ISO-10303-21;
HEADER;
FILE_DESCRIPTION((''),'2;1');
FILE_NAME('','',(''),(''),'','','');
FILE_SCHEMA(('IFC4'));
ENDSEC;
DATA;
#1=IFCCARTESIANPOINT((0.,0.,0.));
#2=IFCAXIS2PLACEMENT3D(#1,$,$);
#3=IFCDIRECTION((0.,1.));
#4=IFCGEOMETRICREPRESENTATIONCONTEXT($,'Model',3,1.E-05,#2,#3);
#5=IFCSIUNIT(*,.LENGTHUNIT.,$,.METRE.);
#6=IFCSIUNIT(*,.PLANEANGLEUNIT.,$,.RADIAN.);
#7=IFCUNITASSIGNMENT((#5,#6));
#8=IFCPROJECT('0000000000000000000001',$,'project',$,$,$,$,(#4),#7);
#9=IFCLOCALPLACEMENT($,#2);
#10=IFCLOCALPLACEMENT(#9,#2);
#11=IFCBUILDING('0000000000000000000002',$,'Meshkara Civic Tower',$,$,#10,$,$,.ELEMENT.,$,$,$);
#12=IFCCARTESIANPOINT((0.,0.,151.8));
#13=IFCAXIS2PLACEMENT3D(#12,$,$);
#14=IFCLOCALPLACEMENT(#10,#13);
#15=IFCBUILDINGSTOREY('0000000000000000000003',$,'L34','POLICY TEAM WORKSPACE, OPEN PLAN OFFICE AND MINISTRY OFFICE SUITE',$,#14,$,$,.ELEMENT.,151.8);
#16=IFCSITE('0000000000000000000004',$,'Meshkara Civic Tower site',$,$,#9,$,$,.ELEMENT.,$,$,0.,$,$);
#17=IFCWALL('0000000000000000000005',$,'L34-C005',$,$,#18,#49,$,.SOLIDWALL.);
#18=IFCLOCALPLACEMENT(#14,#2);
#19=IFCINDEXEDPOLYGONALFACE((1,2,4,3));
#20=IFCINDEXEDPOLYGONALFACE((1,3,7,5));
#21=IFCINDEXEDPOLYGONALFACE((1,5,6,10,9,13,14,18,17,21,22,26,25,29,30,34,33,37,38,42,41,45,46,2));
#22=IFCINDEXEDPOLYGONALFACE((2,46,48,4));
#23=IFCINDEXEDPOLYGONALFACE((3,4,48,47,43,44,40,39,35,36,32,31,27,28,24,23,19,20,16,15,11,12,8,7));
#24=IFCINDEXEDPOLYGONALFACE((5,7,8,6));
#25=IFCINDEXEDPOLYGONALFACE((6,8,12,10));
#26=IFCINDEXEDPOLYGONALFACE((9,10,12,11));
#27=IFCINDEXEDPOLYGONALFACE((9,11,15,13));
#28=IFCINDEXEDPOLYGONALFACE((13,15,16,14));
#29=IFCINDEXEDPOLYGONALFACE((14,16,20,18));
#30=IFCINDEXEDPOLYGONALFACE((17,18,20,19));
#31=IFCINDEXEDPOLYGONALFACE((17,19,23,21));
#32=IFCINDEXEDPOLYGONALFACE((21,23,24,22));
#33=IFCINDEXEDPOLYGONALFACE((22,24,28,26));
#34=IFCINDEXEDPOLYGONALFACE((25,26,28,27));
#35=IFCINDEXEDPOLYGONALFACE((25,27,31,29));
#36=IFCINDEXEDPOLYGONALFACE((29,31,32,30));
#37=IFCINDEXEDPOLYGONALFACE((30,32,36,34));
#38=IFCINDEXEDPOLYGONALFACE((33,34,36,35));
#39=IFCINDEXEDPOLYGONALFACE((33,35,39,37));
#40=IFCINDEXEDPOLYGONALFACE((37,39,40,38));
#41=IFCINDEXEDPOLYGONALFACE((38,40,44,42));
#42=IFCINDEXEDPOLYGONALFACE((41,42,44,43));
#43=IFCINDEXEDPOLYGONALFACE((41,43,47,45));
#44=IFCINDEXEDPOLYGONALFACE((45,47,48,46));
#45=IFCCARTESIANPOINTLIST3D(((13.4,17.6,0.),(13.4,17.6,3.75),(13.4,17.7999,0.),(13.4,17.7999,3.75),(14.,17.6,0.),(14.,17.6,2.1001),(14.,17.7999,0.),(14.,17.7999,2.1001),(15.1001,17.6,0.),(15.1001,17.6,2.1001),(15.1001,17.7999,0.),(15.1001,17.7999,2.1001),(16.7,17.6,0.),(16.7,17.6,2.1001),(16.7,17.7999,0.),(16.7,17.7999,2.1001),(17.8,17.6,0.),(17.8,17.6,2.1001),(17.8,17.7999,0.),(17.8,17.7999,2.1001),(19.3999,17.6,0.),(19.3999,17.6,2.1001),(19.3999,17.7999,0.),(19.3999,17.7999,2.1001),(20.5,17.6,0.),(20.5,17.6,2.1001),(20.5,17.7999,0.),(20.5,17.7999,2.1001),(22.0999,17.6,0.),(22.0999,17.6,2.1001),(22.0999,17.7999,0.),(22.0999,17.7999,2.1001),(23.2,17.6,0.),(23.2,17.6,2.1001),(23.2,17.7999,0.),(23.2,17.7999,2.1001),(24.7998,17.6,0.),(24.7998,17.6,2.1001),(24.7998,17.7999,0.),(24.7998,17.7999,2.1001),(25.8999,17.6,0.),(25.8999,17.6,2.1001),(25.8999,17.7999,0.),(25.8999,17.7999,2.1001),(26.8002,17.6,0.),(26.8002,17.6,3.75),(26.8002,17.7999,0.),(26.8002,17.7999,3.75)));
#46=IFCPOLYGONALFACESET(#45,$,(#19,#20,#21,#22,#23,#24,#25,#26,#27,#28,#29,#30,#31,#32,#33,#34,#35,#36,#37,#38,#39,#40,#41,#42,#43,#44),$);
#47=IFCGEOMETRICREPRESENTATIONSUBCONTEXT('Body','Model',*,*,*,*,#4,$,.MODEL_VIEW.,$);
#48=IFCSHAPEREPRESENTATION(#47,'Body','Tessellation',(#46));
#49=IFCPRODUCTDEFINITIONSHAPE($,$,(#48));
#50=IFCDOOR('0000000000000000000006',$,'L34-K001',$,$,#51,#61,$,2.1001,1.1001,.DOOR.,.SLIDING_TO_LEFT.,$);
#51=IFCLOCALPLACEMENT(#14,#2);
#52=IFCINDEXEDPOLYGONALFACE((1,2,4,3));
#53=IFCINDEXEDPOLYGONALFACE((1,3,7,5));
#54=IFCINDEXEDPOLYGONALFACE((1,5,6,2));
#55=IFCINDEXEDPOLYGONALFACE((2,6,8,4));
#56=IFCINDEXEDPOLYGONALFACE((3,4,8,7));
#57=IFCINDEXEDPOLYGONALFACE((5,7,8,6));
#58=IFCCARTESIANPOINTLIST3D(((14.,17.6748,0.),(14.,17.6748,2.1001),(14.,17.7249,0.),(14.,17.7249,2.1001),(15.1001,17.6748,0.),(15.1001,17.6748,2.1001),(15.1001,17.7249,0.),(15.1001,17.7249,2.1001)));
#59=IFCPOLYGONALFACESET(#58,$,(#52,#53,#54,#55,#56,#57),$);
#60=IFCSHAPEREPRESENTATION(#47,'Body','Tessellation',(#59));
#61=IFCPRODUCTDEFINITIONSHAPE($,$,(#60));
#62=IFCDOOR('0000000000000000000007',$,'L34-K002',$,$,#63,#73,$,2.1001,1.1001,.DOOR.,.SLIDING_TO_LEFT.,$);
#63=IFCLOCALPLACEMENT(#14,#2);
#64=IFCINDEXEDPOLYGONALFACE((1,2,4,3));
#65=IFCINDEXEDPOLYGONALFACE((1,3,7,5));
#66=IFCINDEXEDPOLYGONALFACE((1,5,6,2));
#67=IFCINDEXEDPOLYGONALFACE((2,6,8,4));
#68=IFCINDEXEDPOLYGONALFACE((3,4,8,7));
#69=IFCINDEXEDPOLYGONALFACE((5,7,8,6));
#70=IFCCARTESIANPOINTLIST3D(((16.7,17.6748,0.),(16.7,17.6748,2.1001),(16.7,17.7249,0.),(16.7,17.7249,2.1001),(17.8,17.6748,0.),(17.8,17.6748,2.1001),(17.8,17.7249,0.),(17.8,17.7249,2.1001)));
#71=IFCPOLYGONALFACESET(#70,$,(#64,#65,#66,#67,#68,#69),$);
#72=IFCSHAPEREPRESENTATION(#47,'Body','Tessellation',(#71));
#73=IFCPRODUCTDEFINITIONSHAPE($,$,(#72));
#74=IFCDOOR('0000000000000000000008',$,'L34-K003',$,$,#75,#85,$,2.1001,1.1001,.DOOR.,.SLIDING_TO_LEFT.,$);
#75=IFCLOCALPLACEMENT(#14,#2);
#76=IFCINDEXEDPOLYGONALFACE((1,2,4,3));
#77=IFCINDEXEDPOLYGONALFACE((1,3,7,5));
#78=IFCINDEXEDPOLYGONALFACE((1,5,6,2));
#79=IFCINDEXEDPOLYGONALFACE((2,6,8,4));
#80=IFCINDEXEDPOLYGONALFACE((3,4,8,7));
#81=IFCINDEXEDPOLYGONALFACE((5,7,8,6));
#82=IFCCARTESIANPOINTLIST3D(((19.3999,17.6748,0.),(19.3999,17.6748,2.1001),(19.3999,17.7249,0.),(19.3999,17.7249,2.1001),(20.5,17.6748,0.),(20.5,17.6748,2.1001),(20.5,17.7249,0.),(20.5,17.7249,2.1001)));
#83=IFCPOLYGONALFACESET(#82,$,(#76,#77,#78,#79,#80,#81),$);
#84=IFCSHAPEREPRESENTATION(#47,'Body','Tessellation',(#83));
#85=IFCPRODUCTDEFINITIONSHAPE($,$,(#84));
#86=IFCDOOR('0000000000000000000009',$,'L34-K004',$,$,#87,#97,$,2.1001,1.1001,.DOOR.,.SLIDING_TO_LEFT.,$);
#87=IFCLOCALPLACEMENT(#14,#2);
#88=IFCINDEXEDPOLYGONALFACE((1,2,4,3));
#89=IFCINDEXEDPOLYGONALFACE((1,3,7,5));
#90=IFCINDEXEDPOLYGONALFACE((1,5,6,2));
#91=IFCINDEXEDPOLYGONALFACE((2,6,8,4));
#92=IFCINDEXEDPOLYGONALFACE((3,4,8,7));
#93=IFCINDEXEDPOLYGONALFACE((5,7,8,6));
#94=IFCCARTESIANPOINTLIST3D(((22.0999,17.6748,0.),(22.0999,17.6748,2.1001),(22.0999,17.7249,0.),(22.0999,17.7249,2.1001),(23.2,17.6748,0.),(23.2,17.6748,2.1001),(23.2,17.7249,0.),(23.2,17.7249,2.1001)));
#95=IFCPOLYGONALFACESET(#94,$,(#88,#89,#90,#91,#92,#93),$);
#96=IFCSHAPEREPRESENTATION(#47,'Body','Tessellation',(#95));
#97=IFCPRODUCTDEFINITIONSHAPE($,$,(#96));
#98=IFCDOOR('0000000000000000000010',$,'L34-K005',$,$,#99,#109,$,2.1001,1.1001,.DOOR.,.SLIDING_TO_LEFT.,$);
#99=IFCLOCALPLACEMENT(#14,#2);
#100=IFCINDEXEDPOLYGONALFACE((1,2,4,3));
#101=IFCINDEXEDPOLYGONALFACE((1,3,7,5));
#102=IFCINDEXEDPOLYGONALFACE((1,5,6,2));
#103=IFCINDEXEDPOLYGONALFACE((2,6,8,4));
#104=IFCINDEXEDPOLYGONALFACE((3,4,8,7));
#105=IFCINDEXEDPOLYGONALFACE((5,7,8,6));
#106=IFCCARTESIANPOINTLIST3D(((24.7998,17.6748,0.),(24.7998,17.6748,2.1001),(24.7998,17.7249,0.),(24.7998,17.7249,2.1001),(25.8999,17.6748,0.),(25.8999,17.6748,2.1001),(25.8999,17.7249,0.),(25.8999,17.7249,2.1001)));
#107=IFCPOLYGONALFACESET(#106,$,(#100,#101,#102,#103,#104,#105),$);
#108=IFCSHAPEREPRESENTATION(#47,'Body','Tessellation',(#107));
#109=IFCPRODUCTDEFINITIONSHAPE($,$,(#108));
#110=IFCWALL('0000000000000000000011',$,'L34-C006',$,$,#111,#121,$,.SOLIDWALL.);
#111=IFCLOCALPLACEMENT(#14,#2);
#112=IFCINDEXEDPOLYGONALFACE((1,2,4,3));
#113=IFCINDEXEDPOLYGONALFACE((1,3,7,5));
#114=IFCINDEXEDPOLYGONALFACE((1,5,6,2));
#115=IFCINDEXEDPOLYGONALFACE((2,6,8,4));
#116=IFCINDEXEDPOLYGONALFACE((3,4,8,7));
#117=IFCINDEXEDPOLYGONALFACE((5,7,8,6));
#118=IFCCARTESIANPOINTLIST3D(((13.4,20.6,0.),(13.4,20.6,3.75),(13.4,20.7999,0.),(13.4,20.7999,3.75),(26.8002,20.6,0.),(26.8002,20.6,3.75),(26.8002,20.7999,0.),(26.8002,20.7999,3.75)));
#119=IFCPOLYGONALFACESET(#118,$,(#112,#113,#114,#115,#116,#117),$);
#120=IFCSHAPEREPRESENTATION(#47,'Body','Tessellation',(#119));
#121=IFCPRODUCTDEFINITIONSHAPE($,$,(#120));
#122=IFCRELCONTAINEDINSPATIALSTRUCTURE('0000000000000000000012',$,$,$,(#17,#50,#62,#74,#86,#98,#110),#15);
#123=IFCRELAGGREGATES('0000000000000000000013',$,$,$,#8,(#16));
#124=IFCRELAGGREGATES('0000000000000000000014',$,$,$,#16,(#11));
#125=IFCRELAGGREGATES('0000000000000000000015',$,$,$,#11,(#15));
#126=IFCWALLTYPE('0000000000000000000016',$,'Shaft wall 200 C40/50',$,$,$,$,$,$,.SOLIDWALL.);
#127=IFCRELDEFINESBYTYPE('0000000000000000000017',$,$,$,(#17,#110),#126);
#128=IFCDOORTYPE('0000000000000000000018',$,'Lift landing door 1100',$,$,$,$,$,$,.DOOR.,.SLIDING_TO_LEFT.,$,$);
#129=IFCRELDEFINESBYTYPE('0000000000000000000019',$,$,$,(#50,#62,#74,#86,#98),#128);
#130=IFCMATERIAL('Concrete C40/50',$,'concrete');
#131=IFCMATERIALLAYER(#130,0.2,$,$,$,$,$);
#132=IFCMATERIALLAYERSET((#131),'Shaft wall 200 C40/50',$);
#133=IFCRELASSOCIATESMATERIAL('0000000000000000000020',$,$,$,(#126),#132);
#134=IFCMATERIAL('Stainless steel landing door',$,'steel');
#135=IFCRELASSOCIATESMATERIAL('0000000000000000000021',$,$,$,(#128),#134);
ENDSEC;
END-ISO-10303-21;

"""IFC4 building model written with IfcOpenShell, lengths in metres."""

from ifc_helpers import new_model, si_unit, direction, frame, frame_2d, origin, place, context, subcontext, project, spatial, rectangle, extrude, material, layer, layer_set, type_object, element, fill, save


model = new_model("IFC4")

# Units and contexts
model_context = context("Model", 3, precision=1e-05, world=origin(), true_north=direction((0.0, 1.0)))
body_context = subcontext(model_context, "Body", "Model", "MODEL_VIEW")
ifc_project = project(units=[si_unit("LENGTHUNIT", "METRE"), si_unit("PLANEANGLEUNIT", "RADIAN")], contexts=[model_context])

# Site, building, storey
site_placement = place(None, origin())
site = spatial("IfcSite", under=ifc_project, at=site_placement, Name="Meshkara Civic Tower site", CompositionType="ELEMENT", RefElevation=0.0)
building_placement = place(site_placement, origin())
building = spatial("IfcBuilding", under=site, at=building_placement, Name="Meshkara Civic Tower", CompositionType="ELEMENT")
storey_placement = place(building_placement, frame((0.0, 0.0, 151.8)))
storey = spatial("IfcBuildingStorey", under=building, at=storey_placement, Name="L34", Description="POLICY TEAM WORKSPACE, OPEN PLAN OFFICE AND MINISTRY OFFICE SUITE", CompositionType="ELEMENT", Elevation=151.8)

# Wall, openings, doors
ifc_material_1 = material(Name="Concrete C40/50", Category="concrete")
ifc_layer_1 = layer(ifc_material_1, 0.2)
ifc_layer_set_1 = layer_set([ifc_layer_1], Name="Shaft wall 200 C40/50")
wall_type_1 = type_object("IfcWallType", Name="Shaft wall 200 C40/50", PredefinedType="SOLIDWALL", material=ifc_layer_set_1)
wall_1_placement = place(storey_placement, frame((13.3999, 17.7, 0.0), z_axis=(0.0, 0.0, 1.0), x_axis=(1.0, 0.0, 0.0)))
wall_1 = element("IfcWall", 1, at=wall_1_placement, inside=storey, type_object=wall_type_1, Name="L34-C005", PredefinedType="SOLIDWALL", context=body_context, shape_type="SweptSolid", body=[
    extrude(rectangle(XDim=13.4001, YDim=0.2, at=frame_2d((6.7002, 0.0))), origin(), (0.0, 0.0, 1.0), 3.75),
])
opening_1_placement = place(wall_1_placement, frame((0.6001, 0.0, 0.0)))
opening_1 = element("IfcOpeningElement", 2, at=opening_1_placement, cuts=wall_1, PredefinedType="OPENING", context=body_context, shape_type="SweptSolid", body=[
    extrude(rectangle(XDim=1.1001, YDim=2.1001, at=frame_2d((0.55, 1.05))), frame((0.0, 0.1099, 0.0), z_axis=(0.0, -1.0, 0.0), x_axis=(1.0, 0.0, 0.0)), (0.0, 0.0, 1.0), 0.22),
])
opening_2_placement = place(wall_1_placement, frame((3.3, 0.0, 0.0)))
opening_2 = element("IfcOpeningElement", 3, at=opening_2_placement, cuts=wall_1, PredefinedType="OPENING", context=body_context, shape_type="SweptSolid", body=[
    extrude(rectangle(XDim=1.1001, YDim=2.1001, at=frame_2d((0.55, 1.05))), frame((0.0, 0.1099, 0.0), z_axis=(0.0, -1.0, 0.0), x_axis=(1.0, 0.0, 0.0)), (0.0, 0.0, 1.0), 0.22),
])
opening_3_placement = place(wall_1_placement, frame((6.0, 0.0, 0.0)))
opening_3 = element("IfcOpeningElement", 4, at=opening_3_placement, cuts=wall_1, PredefinedType="OPENING", context=body_context, shape_type="SweptSolid", body=[
    extrude(rectangle(XDim=1.1001, YDim=2.1001, at=frame_2d((0.55, 1.05))), frame((0.0, 0.1099, 0.0), z_axis=(0.0, -1.0, 0.0), x_axis=(1.0, 0.0, 0.0)), (0.0, 0.0, 1.0), 0.22),
])
opening_4_placement = place(wall_1_placement, frame((8.7, 0.0, 0.0)))
opening_4 = element("IfcOpeningElement", 5, at=opening_4_placement, cuts=wall_1, PredefinedType="OPENING", context=body_context, shape_type="SweptSolid", body=[
    extrude(rectangle(XDim=1.1001, YDim=2.1001, at=frame_2d((0.55, 1.05))), frame((0.0, 0.1099, 0.0), z_axis=(0.0, -1.0, 0.0), x_axis=(1.0, 0.0, 0.0)), (0.0, 0.0, 1.0), 0.22),
])
opening_5_placement = place(wall_1_placement, frame((11.3999, 0.0, 0.0)))
opening_5 = element("IfcOpeningElement", 6, at=opening_5_placement, cuts=wall_1, PredefinedType="OPENING", context=body_context, shape_type="SweptSolid", body=[
    extrude(rectangle(XDim=1.1001, YDim=2.1001, at=frame_2d((0.55, 1.05))), frame((0.0, 0.1099, 0.0), z_axis=(0.0, -1.0, 0.0), x_axis=(1.0, 0.0, 0.0)), (0.0, 0.0, 1.0), 0.22),
])
ifc_material_2 = material(Name="Stainless steel landing door", Category="steel")
door_type_1 = type_object("IfcDoorType", Name="Lift landing door 1100", OperationType="SLIDING_TO_LEFT", PredefinedType="DOOR", material=ifc_material_2)
door_1_placement = place(opening_1_placement, origin())
door_1 = element("IfcDoor", 7, at=door_1_placement, inside=storey, type_object=door_type_1, Name="L34-K001", OperationType="SLIDING_TO_LEFT", OverallHeight=2.1001, OverallWidth=1.1001, PredefinedType="DOOR", context=body_context, shape_type="SweptSolid", body=[
    extrude(rectangle(XDim=1.1001, YDim=2.1001, at=frame_2d((0.55, 1.05))), frame((0.0, 0.0249, 0.0), z_axis=(0.0, -1.0, 0.0), x_axis=(1.0, 0.0, 0.0)), (0.0, 0.0, 1.0), 0.05),
])
fill(opening_1, door_1)
door_2_placement = place(opening_2_placement, origin())
door_2 = element("IfcDoor", 8, at=door_2_placement, inside=storey, type_object=door_type_1, Name="L34-K002", OperationType="SLIDING_TO_LEFT", OverallHeight=2.1001, OverallWidth=1.1001, PredefinedType="DOOR", context=body_context, shape_type="SweptSolid", body=[
    extrude(rectangle(XDim=1.1001, YDim=2.1001, at=frame_2d((0.55, 1.05))), frame((0.0, 0.0249, 0.0), z_axis=(0.0, -1.0, 0.0), x_axis=(1.0, 0.0, 0.0)), (0.0, 0.0, 1.0), 0.05),
])
fill(opening_2, door_2)
door_3_placement = place(opening_3_placement, origin())
door_3 = element("IfcDoor", 9, at=door_3_placement, inside=storey, type_object=door_type_1, Name="L34-K003", OperationType="SLIDING_TO_LEFT", OverallHeight=2.1001, OverallWidth=1.1001, PredefinedType="DOOR", context=body_context, shape_type="SweptSolid", body=[
    extrude(rectangle(XDim=1.1001, YDim=2.1001, at=frame_2d((0.55, 1.05))), frame((0.0, 0.0249, 0.0), z_axis=(0.0, -1.0, 0.0), x_axis=(1.0, 0.0, 0.0)), (0.0, 0.0, 1.0), 0.05),
])
fill(opening_3, door_3)
door_4_placement = place(opening_4_placement, origin())
door_4 = element("IfcDoor", 10, at=door_4_placement, inside=storey, type_object=door_type_1, Name="L34-K004", OperationType="SLIDING_TO_LEFT", OverallHeight=2.1001, OverallWidth=1.1001, PredefinedType="DOOR", context=body_context, shape_type="SweptSolid", body=[
    extrude(rectangle(XDim=1.1001, YDim=2.1001, at=frame_2d((0.55, 1.05))), frame((0.0, 0.0249, 0.0), z_axis=(0.0, -1.0, 0.0), x_axis=(1.0, 0.0, 0.0)), (0.0, 0.0, 1.0), 0.05),
])
fill(opening_4, door_4)
door_5_placement = place(opening_5_placement, origin())
door_5 = element("IfcDoor", 11, at=door_5_placement, inside=storey, type_object=door_type_1, Name="L34-K005", OperationType="SLIDING_TO_LEFT", OverallHeight=2.1001, OverallWidth=1.1001, PredefinedType="DOOR", context=body_context, shape_type="SweptSolid", body=[
    extrude(rectangle(XDim=1.1001, YDim=2.1001, at=frame_2d((0.55, 1.05))), frame((0.0, 0.0249, 0.0), z_axis=(0.0, -1.0, 0.0), x_axis=(1.0, 0.0, 0.0)), (0.0, 0.0, 1.0), 0.05),
])
fill(opening_5, door_5)

# Wall
wall_2_placement = place(storey_placement, frame((13.3999, 20.7, 0.0), z_axis=(0.0, 0.0, 1.0), x_axis=(1.0, 0.0, 0.0)))
element("IfcWall", 12, at=wall_2_placement, inside=storey, type_object=wall_type_1, Name="L34-C006", PredefinedType="SOLIDWALL", context=body_context, shape_type="SweptSolid", body=[
    extrude(rectangle(XDim=13.4001, YDim=0.2, at=frame_2d((6.7002, 0.0))), origin(), (0.0, 0.0, 1.0), 3.75),
])

save(model, "model.ifc")
